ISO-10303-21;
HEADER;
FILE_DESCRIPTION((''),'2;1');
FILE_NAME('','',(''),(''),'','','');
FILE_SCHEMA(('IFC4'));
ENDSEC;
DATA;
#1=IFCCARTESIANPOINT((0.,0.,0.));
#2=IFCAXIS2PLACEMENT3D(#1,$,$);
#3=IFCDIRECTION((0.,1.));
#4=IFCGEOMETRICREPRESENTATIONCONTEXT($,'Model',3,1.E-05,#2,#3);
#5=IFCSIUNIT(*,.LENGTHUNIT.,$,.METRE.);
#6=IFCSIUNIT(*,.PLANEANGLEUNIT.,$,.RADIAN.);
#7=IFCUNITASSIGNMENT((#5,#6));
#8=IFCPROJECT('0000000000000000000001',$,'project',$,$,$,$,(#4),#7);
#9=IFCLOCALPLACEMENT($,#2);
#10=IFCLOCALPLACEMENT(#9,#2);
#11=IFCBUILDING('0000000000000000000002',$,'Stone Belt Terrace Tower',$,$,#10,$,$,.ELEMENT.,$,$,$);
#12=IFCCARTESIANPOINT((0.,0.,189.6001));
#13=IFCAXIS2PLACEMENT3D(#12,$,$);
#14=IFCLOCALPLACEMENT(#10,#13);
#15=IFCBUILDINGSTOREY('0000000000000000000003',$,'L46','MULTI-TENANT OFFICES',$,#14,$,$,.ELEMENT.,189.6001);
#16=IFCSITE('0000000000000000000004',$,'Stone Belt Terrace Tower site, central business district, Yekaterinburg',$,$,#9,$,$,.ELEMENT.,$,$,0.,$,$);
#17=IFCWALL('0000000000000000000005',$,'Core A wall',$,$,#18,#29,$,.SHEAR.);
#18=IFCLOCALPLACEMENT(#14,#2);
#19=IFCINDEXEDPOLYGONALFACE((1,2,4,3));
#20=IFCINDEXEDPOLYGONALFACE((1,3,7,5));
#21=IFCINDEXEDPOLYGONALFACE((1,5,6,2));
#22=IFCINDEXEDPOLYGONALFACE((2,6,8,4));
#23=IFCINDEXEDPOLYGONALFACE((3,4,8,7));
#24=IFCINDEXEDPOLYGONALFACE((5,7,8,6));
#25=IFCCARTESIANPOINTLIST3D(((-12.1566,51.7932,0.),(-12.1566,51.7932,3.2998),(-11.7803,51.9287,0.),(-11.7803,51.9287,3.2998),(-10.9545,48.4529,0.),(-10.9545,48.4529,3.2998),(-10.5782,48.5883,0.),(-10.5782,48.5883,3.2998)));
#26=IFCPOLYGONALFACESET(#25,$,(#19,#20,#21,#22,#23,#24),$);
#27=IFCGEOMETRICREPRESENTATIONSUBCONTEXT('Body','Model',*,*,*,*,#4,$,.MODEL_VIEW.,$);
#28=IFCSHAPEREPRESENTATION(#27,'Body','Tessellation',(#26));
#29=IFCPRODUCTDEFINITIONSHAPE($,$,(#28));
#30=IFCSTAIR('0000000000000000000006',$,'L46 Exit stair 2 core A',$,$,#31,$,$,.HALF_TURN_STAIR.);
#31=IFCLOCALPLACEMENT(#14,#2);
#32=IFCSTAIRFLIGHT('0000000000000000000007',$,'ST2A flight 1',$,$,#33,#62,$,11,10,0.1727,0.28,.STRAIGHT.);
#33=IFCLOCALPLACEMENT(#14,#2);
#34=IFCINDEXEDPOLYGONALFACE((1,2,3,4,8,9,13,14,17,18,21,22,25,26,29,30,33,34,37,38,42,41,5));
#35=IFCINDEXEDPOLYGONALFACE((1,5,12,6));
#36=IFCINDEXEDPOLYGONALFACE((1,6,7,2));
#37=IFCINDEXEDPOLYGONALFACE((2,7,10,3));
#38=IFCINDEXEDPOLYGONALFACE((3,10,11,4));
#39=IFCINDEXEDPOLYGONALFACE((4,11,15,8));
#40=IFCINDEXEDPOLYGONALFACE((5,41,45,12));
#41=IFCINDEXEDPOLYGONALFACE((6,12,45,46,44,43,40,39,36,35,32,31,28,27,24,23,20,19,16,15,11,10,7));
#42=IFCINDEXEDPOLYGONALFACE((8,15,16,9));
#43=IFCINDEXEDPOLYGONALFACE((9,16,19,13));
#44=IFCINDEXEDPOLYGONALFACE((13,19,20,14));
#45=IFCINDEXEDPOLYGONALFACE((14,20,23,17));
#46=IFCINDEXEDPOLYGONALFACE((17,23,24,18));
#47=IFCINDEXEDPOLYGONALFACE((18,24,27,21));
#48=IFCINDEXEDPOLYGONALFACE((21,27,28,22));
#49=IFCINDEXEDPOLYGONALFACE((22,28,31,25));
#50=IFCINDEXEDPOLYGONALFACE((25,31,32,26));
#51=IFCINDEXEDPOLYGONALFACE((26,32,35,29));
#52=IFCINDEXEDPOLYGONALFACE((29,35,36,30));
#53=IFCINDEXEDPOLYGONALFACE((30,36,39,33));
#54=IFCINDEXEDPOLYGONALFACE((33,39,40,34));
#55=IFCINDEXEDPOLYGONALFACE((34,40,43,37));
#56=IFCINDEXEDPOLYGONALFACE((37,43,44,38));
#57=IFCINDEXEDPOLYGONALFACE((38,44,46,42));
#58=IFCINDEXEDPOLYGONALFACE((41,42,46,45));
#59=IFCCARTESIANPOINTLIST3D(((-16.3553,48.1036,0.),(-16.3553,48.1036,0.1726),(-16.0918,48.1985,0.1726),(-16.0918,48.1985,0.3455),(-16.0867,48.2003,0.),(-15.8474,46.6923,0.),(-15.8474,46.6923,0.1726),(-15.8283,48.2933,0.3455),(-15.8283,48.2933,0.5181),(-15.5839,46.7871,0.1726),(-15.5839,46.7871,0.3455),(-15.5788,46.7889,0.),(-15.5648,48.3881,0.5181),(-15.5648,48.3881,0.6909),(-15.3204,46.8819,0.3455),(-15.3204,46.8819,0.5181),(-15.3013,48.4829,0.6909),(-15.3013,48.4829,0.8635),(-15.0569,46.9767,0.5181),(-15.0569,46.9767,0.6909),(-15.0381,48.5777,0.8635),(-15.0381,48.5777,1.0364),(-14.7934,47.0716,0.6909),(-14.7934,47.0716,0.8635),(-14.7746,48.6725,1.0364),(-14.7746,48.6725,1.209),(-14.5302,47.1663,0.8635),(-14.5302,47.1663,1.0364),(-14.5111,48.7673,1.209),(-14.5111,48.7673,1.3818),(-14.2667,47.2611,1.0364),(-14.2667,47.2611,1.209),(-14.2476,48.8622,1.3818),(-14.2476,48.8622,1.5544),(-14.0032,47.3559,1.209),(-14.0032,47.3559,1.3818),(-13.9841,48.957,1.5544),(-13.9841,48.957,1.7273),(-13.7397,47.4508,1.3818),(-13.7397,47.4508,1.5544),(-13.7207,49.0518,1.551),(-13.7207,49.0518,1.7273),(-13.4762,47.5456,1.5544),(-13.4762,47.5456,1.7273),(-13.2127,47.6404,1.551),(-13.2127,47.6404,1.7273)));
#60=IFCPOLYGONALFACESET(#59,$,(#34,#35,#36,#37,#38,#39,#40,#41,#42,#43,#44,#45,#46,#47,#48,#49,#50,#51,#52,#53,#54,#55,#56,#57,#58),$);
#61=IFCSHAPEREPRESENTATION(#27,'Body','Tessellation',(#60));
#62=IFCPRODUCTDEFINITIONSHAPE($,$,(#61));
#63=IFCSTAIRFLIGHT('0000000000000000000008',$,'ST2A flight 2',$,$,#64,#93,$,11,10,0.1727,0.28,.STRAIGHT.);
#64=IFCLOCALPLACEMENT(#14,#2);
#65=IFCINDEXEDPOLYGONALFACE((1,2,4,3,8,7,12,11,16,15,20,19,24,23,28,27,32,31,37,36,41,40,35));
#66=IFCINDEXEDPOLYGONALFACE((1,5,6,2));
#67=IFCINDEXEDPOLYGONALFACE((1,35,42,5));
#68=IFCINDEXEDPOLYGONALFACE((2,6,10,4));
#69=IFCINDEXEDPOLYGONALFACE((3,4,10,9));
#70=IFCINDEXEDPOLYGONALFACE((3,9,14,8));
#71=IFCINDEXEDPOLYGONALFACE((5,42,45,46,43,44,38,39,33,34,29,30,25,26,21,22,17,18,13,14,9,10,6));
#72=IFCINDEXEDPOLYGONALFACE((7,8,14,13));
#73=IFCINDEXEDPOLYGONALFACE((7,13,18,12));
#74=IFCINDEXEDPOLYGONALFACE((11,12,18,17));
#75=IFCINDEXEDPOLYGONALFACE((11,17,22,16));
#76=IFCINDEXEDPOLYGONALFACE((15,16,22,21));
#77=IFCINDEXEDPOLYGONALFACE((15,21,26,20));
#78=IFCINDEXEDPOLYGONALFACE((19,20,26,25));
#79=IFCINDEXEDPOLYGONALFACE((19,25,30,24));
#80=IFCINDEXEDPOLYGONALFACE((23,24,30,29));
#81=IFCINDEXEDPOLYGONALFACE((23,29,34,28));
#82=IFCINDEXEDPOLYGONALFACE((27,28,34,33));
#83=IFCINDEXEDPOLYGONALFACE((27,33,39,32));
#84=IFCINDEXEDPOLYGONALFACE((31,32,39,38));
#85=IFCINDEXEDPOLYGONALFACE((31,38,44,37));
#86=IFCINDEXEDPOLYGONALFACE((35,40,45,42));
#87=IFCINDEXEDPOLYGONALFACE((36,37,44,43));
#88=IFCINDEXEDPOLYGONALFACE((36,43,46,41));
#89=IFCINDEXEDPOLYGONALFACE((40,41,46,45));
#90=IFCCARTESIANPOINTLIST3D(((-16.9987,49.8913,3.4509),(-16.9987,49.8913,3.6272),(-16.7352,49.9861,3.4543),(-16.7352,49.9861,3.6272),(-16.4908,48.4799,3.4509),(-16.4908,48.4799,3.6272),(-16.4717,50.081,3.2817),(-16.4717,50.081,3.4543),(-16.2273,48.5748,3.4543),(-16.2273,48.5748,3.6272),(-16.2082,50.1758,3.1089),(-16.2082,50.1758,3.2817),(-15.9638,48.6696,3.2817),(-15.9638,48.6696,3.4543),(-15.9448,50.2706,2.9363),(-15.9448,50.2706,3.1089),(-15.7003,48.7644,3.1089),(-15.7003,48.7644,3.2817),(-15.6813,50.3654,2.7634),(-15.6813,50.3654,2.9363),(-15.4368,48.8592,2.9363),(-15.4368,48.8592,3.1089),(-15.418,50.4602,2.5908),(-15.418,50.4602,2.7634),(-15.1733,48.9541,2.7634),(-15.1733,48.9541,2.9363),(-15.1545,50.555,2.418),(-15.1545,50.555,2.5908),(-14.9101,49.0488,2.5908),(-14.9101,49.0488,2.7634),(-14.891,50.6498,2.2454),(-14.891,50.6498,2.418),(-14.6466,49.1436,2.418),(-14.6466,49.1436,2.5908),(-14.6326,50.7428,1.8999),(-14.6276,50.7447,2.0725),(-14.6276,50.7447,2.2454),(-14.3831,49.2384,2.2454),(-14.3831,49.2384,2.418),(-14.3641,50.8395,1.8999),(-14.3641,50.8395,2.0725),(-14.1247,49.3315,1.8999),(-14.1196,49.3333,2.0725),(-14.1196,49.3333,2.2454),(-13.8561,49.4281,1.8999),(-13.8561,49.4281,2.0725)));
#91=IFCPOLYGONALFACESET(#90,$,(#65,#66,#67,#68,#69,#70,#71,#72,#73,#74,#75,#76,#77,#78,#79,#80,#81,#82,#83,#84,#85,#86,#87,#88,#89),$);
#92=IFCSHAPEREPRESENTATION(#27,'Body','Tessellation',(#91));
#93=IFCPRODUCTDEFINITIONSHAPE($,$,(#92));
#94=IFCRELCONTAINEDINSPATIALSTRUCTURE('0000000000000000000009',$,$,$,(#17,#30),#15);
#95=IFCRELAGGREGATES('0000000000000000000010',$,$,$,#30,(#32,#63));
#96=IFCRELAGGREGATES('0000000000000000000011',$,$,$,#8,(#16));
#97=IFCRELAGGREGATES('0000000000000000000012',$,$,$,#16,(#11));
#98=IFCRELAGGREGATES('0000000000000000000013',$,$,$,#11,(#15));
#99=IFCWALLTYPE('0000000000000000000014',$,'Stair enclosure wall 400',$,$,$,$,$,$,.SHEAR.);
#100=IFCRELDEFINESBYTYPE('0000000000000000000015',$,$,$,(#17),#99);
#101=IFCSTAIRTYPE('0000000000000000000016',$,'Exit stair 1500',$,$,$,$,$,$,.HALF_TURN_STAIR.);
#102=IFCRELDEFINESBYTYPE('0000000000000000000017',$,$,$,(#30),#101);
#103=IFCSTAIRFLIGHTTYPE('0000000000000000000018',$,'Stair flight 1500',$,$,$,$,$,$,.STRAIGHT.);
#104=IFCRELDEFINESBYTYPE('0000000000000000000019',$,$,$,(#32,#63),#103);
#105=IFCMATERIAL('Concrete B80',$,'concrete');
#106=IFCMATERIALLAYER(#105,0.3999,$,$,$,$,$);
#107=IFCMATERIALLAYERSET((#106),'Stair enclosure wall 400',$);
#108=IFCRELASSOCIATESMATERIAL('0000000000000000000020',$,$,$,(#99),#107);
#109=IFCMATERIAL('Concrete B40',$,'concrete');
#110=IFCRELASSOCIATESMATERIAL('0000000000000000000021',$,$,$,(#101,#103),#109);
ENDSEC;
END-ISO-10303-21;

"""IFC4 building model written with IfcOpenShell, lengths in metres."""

from ifc_helpers import new_model, si_unit, direction, frame, frame_2d, origin, place, context, subcontext, project, spatial, polyline, rectangle, outline, extrude, material, layer, layer_set, type_object, element, aggregate, save


model = new_model("IFC4")

# Units and contexts
model_context = context("Model", 3, precision=1e-05, world=origin(), true_north=direction((0.0, 1.0)))
body_context = subcontext(model_context, "Body", "Model", "MODEL_VIEW")
ifc_project = project(units=[si_unit("LENGTHUNIT", "METRE"), si_unit("PLANEANGLEUNIT", "RADIAN")], contexts=[model_context])

# Site, building, storey
site_placement = place(None, origin())
site = spatial("IfcSite", under=ifc_project, at=site_placement, Name="Stone Belt Terrace Tower site, central business district, Yekaterinburg", CompositionType="ELEMENT", RefElevation=0.0)
building_placement = place(site_placement, origin())
building = spatial("IfcBuilding", under=site, at=building_placement, Name="Stone Belt Terrace Tower", CompositionType="ELEMENT")
storey_placement = place(building_placement, frame((0.0, 0.0, 189.6001)))
storey = spatial("IfcBuildingStorey", under=building, at=storey_placement, Name="L46", Description="MULTI-TENANT OFFICES", CompositionType="ELEMENT", Elevation=189.6001)

# Shared definitions
ifc_material_1 = material(Name="Concrete B80", Category="concrete")

# Shared definitions
ifc_layer_1 = layer(ifc_material_1, 0.3999)
ifc_layer_set_1 = layer_set([ifc_layer_1], Name="Stair enclosure wall 400")
wall_type_1 = type_object("IfcWallType", Name="Stair enclosure wall 400", PredefinedType="SHEAR", material=ifc_layer_set_1)

# Wall
wall_1_placement = place(storey_placement, frame((-10.7664, 48.5208, 0.0), z_axis=(0.0, 0.0, 1.0), x_axis=(-0.338627, 0.940921, 0.0)))
element("IfcWall", 1, at=wall_1_placement, inside=storey, type_object=wall_type_1, Name="Core A wall", PredefinedType="SHEAR", context=body_context, shape_type="SweptSolid", body=[
    extrude(rectangle(XDim=3.55, YDim=0.3999, at=frame_2d((1.7749, 0.0))), origin(), (0.0, 0.0, 1.0), 3.2998),
])

# Stair, stair flights
ifc_material_2 = material(Name="Concrete B40", Category="concrete")
stair_type = type_object("IfcStairType", Name="Exit stair 1500", PredefinedType="HALF_TURN_STAIR", material=ifc_material_2)
stair_placement = place(storey_placement, origin())
stair = element("IfcStair", 2, at=stair_placement, inside=storey, type_object=stair_type, Name="L46 Exit stair 2 core A", PredefinedType="HALF_TURN_STAIR")
stair_flight_type = type_object("IfcStairFlightType", Name="Stair flight 1500", PredefinedType="STRAIGHT", material=ifc_material_2)
stair_flight_1_placement = place(storey_placement, frame((-16.1013, 47.3979, 0.0), z_axis=(0.0, 0.0, 1.0), x_axis=(0.940922, 0.338624, 0.0)))
stair_flight_1 = element("IfcStairFlight", 3, at=stair_flight_1_placement, type_object=stair_flight_type, Name="ST2A flight 1", NumberOfRisers=11, NumberOfTreads=10, PredefinedType="STRAIGHT", RiserHeight=0.1727, TreadLength=0.28, context=body_context, shape_type="SweptSolid", body=[
    extrude(outline(polyline([(0.0, 0.0), (0.0, 0.1726), (0.28, 0.1726), (0.28, 0.3455), (0.5601, 0.3455), (0.5601, 0.5181), (0.8401, 0.5181), (0.8401, 0.6909), (1.1201, 0.6909), (1.1201, 0.8635), (1.3999, 0.8635), (1.3999, 1.0364), (1.6799, 1.0364), (1.6799, 1.209), (1.96, 1.209), (1.96, 1.3818), (2.24, 1.3818), (2.24, 1.5544), (2.52, 1.5544), (2.52, 1.7273), (2.8, 1.7273), (2.8, 1.8999), (2.8, 1.551), (0.2854, 0.0), (0.0, 0.0)])), frame((0.0, 0.75, 0.0), z_axis=(0.0, -1.0, 0.0), x_axis=(1.0, 0.0, 0.0)), (0.0, 0.0, 1.0), 1.5),
])
stair_flight_2_placement = place(storey_placement, frame((-14.1101, 50.1338, 1.8999), z_axis=(0.0, 0.0, 1.0), x_axis=(-0.940922, -0.338624, 0.0)))
stair_flight_2 = element("IfcStairFlight", 4, at=stair_flight_2_placement, type_object=stair_flight_type, Name="ST2A flight 2", NumberOfRisers=11, NumberOfTreads=10, PredefinedType="STRAIGHT", RiserHeight=0.1727, TreadLength=0.28, context=body_context, shape_type="SweptSolid", body=[
    extrude(outline(polyline([(0.0, 0.0), (0.0, 0.1726), (0.28, 0.1726), (0.28, 0.3455), (0.5601, 0.3455), (0.5601, 0.5181), (0.8401, 0.5181), (0.8401, 0.6909), (1.1201, 0.6909), (1.1201, 0.8635), (1.3999, 0.8635), (1.3999, 1.0364), (1.6799, 1.0364), (1.6799, 1.209), (1.96, 1.209), (1.96, 1.3818), (2.24, 1.3818), (2.24, 1.5544), (2.52, 1.5544), (2.52, 1.7273), (2.8, 1.7273), (2.8, 1.8999), (2.8, 1.551), (0.2854, 0.0), (0.0, 0.0)])), frame((0.0, 0.75, 0.0), z_axis=(0.0, -1.0, 0.0), x_axis=(1.0, 0.0, 0.0)), (0.0, 0.0, 1.0), 1.5),
])
aggregate(stair, [stair_flight_1, stair_flight_2])

save(model, "model.ifc")
